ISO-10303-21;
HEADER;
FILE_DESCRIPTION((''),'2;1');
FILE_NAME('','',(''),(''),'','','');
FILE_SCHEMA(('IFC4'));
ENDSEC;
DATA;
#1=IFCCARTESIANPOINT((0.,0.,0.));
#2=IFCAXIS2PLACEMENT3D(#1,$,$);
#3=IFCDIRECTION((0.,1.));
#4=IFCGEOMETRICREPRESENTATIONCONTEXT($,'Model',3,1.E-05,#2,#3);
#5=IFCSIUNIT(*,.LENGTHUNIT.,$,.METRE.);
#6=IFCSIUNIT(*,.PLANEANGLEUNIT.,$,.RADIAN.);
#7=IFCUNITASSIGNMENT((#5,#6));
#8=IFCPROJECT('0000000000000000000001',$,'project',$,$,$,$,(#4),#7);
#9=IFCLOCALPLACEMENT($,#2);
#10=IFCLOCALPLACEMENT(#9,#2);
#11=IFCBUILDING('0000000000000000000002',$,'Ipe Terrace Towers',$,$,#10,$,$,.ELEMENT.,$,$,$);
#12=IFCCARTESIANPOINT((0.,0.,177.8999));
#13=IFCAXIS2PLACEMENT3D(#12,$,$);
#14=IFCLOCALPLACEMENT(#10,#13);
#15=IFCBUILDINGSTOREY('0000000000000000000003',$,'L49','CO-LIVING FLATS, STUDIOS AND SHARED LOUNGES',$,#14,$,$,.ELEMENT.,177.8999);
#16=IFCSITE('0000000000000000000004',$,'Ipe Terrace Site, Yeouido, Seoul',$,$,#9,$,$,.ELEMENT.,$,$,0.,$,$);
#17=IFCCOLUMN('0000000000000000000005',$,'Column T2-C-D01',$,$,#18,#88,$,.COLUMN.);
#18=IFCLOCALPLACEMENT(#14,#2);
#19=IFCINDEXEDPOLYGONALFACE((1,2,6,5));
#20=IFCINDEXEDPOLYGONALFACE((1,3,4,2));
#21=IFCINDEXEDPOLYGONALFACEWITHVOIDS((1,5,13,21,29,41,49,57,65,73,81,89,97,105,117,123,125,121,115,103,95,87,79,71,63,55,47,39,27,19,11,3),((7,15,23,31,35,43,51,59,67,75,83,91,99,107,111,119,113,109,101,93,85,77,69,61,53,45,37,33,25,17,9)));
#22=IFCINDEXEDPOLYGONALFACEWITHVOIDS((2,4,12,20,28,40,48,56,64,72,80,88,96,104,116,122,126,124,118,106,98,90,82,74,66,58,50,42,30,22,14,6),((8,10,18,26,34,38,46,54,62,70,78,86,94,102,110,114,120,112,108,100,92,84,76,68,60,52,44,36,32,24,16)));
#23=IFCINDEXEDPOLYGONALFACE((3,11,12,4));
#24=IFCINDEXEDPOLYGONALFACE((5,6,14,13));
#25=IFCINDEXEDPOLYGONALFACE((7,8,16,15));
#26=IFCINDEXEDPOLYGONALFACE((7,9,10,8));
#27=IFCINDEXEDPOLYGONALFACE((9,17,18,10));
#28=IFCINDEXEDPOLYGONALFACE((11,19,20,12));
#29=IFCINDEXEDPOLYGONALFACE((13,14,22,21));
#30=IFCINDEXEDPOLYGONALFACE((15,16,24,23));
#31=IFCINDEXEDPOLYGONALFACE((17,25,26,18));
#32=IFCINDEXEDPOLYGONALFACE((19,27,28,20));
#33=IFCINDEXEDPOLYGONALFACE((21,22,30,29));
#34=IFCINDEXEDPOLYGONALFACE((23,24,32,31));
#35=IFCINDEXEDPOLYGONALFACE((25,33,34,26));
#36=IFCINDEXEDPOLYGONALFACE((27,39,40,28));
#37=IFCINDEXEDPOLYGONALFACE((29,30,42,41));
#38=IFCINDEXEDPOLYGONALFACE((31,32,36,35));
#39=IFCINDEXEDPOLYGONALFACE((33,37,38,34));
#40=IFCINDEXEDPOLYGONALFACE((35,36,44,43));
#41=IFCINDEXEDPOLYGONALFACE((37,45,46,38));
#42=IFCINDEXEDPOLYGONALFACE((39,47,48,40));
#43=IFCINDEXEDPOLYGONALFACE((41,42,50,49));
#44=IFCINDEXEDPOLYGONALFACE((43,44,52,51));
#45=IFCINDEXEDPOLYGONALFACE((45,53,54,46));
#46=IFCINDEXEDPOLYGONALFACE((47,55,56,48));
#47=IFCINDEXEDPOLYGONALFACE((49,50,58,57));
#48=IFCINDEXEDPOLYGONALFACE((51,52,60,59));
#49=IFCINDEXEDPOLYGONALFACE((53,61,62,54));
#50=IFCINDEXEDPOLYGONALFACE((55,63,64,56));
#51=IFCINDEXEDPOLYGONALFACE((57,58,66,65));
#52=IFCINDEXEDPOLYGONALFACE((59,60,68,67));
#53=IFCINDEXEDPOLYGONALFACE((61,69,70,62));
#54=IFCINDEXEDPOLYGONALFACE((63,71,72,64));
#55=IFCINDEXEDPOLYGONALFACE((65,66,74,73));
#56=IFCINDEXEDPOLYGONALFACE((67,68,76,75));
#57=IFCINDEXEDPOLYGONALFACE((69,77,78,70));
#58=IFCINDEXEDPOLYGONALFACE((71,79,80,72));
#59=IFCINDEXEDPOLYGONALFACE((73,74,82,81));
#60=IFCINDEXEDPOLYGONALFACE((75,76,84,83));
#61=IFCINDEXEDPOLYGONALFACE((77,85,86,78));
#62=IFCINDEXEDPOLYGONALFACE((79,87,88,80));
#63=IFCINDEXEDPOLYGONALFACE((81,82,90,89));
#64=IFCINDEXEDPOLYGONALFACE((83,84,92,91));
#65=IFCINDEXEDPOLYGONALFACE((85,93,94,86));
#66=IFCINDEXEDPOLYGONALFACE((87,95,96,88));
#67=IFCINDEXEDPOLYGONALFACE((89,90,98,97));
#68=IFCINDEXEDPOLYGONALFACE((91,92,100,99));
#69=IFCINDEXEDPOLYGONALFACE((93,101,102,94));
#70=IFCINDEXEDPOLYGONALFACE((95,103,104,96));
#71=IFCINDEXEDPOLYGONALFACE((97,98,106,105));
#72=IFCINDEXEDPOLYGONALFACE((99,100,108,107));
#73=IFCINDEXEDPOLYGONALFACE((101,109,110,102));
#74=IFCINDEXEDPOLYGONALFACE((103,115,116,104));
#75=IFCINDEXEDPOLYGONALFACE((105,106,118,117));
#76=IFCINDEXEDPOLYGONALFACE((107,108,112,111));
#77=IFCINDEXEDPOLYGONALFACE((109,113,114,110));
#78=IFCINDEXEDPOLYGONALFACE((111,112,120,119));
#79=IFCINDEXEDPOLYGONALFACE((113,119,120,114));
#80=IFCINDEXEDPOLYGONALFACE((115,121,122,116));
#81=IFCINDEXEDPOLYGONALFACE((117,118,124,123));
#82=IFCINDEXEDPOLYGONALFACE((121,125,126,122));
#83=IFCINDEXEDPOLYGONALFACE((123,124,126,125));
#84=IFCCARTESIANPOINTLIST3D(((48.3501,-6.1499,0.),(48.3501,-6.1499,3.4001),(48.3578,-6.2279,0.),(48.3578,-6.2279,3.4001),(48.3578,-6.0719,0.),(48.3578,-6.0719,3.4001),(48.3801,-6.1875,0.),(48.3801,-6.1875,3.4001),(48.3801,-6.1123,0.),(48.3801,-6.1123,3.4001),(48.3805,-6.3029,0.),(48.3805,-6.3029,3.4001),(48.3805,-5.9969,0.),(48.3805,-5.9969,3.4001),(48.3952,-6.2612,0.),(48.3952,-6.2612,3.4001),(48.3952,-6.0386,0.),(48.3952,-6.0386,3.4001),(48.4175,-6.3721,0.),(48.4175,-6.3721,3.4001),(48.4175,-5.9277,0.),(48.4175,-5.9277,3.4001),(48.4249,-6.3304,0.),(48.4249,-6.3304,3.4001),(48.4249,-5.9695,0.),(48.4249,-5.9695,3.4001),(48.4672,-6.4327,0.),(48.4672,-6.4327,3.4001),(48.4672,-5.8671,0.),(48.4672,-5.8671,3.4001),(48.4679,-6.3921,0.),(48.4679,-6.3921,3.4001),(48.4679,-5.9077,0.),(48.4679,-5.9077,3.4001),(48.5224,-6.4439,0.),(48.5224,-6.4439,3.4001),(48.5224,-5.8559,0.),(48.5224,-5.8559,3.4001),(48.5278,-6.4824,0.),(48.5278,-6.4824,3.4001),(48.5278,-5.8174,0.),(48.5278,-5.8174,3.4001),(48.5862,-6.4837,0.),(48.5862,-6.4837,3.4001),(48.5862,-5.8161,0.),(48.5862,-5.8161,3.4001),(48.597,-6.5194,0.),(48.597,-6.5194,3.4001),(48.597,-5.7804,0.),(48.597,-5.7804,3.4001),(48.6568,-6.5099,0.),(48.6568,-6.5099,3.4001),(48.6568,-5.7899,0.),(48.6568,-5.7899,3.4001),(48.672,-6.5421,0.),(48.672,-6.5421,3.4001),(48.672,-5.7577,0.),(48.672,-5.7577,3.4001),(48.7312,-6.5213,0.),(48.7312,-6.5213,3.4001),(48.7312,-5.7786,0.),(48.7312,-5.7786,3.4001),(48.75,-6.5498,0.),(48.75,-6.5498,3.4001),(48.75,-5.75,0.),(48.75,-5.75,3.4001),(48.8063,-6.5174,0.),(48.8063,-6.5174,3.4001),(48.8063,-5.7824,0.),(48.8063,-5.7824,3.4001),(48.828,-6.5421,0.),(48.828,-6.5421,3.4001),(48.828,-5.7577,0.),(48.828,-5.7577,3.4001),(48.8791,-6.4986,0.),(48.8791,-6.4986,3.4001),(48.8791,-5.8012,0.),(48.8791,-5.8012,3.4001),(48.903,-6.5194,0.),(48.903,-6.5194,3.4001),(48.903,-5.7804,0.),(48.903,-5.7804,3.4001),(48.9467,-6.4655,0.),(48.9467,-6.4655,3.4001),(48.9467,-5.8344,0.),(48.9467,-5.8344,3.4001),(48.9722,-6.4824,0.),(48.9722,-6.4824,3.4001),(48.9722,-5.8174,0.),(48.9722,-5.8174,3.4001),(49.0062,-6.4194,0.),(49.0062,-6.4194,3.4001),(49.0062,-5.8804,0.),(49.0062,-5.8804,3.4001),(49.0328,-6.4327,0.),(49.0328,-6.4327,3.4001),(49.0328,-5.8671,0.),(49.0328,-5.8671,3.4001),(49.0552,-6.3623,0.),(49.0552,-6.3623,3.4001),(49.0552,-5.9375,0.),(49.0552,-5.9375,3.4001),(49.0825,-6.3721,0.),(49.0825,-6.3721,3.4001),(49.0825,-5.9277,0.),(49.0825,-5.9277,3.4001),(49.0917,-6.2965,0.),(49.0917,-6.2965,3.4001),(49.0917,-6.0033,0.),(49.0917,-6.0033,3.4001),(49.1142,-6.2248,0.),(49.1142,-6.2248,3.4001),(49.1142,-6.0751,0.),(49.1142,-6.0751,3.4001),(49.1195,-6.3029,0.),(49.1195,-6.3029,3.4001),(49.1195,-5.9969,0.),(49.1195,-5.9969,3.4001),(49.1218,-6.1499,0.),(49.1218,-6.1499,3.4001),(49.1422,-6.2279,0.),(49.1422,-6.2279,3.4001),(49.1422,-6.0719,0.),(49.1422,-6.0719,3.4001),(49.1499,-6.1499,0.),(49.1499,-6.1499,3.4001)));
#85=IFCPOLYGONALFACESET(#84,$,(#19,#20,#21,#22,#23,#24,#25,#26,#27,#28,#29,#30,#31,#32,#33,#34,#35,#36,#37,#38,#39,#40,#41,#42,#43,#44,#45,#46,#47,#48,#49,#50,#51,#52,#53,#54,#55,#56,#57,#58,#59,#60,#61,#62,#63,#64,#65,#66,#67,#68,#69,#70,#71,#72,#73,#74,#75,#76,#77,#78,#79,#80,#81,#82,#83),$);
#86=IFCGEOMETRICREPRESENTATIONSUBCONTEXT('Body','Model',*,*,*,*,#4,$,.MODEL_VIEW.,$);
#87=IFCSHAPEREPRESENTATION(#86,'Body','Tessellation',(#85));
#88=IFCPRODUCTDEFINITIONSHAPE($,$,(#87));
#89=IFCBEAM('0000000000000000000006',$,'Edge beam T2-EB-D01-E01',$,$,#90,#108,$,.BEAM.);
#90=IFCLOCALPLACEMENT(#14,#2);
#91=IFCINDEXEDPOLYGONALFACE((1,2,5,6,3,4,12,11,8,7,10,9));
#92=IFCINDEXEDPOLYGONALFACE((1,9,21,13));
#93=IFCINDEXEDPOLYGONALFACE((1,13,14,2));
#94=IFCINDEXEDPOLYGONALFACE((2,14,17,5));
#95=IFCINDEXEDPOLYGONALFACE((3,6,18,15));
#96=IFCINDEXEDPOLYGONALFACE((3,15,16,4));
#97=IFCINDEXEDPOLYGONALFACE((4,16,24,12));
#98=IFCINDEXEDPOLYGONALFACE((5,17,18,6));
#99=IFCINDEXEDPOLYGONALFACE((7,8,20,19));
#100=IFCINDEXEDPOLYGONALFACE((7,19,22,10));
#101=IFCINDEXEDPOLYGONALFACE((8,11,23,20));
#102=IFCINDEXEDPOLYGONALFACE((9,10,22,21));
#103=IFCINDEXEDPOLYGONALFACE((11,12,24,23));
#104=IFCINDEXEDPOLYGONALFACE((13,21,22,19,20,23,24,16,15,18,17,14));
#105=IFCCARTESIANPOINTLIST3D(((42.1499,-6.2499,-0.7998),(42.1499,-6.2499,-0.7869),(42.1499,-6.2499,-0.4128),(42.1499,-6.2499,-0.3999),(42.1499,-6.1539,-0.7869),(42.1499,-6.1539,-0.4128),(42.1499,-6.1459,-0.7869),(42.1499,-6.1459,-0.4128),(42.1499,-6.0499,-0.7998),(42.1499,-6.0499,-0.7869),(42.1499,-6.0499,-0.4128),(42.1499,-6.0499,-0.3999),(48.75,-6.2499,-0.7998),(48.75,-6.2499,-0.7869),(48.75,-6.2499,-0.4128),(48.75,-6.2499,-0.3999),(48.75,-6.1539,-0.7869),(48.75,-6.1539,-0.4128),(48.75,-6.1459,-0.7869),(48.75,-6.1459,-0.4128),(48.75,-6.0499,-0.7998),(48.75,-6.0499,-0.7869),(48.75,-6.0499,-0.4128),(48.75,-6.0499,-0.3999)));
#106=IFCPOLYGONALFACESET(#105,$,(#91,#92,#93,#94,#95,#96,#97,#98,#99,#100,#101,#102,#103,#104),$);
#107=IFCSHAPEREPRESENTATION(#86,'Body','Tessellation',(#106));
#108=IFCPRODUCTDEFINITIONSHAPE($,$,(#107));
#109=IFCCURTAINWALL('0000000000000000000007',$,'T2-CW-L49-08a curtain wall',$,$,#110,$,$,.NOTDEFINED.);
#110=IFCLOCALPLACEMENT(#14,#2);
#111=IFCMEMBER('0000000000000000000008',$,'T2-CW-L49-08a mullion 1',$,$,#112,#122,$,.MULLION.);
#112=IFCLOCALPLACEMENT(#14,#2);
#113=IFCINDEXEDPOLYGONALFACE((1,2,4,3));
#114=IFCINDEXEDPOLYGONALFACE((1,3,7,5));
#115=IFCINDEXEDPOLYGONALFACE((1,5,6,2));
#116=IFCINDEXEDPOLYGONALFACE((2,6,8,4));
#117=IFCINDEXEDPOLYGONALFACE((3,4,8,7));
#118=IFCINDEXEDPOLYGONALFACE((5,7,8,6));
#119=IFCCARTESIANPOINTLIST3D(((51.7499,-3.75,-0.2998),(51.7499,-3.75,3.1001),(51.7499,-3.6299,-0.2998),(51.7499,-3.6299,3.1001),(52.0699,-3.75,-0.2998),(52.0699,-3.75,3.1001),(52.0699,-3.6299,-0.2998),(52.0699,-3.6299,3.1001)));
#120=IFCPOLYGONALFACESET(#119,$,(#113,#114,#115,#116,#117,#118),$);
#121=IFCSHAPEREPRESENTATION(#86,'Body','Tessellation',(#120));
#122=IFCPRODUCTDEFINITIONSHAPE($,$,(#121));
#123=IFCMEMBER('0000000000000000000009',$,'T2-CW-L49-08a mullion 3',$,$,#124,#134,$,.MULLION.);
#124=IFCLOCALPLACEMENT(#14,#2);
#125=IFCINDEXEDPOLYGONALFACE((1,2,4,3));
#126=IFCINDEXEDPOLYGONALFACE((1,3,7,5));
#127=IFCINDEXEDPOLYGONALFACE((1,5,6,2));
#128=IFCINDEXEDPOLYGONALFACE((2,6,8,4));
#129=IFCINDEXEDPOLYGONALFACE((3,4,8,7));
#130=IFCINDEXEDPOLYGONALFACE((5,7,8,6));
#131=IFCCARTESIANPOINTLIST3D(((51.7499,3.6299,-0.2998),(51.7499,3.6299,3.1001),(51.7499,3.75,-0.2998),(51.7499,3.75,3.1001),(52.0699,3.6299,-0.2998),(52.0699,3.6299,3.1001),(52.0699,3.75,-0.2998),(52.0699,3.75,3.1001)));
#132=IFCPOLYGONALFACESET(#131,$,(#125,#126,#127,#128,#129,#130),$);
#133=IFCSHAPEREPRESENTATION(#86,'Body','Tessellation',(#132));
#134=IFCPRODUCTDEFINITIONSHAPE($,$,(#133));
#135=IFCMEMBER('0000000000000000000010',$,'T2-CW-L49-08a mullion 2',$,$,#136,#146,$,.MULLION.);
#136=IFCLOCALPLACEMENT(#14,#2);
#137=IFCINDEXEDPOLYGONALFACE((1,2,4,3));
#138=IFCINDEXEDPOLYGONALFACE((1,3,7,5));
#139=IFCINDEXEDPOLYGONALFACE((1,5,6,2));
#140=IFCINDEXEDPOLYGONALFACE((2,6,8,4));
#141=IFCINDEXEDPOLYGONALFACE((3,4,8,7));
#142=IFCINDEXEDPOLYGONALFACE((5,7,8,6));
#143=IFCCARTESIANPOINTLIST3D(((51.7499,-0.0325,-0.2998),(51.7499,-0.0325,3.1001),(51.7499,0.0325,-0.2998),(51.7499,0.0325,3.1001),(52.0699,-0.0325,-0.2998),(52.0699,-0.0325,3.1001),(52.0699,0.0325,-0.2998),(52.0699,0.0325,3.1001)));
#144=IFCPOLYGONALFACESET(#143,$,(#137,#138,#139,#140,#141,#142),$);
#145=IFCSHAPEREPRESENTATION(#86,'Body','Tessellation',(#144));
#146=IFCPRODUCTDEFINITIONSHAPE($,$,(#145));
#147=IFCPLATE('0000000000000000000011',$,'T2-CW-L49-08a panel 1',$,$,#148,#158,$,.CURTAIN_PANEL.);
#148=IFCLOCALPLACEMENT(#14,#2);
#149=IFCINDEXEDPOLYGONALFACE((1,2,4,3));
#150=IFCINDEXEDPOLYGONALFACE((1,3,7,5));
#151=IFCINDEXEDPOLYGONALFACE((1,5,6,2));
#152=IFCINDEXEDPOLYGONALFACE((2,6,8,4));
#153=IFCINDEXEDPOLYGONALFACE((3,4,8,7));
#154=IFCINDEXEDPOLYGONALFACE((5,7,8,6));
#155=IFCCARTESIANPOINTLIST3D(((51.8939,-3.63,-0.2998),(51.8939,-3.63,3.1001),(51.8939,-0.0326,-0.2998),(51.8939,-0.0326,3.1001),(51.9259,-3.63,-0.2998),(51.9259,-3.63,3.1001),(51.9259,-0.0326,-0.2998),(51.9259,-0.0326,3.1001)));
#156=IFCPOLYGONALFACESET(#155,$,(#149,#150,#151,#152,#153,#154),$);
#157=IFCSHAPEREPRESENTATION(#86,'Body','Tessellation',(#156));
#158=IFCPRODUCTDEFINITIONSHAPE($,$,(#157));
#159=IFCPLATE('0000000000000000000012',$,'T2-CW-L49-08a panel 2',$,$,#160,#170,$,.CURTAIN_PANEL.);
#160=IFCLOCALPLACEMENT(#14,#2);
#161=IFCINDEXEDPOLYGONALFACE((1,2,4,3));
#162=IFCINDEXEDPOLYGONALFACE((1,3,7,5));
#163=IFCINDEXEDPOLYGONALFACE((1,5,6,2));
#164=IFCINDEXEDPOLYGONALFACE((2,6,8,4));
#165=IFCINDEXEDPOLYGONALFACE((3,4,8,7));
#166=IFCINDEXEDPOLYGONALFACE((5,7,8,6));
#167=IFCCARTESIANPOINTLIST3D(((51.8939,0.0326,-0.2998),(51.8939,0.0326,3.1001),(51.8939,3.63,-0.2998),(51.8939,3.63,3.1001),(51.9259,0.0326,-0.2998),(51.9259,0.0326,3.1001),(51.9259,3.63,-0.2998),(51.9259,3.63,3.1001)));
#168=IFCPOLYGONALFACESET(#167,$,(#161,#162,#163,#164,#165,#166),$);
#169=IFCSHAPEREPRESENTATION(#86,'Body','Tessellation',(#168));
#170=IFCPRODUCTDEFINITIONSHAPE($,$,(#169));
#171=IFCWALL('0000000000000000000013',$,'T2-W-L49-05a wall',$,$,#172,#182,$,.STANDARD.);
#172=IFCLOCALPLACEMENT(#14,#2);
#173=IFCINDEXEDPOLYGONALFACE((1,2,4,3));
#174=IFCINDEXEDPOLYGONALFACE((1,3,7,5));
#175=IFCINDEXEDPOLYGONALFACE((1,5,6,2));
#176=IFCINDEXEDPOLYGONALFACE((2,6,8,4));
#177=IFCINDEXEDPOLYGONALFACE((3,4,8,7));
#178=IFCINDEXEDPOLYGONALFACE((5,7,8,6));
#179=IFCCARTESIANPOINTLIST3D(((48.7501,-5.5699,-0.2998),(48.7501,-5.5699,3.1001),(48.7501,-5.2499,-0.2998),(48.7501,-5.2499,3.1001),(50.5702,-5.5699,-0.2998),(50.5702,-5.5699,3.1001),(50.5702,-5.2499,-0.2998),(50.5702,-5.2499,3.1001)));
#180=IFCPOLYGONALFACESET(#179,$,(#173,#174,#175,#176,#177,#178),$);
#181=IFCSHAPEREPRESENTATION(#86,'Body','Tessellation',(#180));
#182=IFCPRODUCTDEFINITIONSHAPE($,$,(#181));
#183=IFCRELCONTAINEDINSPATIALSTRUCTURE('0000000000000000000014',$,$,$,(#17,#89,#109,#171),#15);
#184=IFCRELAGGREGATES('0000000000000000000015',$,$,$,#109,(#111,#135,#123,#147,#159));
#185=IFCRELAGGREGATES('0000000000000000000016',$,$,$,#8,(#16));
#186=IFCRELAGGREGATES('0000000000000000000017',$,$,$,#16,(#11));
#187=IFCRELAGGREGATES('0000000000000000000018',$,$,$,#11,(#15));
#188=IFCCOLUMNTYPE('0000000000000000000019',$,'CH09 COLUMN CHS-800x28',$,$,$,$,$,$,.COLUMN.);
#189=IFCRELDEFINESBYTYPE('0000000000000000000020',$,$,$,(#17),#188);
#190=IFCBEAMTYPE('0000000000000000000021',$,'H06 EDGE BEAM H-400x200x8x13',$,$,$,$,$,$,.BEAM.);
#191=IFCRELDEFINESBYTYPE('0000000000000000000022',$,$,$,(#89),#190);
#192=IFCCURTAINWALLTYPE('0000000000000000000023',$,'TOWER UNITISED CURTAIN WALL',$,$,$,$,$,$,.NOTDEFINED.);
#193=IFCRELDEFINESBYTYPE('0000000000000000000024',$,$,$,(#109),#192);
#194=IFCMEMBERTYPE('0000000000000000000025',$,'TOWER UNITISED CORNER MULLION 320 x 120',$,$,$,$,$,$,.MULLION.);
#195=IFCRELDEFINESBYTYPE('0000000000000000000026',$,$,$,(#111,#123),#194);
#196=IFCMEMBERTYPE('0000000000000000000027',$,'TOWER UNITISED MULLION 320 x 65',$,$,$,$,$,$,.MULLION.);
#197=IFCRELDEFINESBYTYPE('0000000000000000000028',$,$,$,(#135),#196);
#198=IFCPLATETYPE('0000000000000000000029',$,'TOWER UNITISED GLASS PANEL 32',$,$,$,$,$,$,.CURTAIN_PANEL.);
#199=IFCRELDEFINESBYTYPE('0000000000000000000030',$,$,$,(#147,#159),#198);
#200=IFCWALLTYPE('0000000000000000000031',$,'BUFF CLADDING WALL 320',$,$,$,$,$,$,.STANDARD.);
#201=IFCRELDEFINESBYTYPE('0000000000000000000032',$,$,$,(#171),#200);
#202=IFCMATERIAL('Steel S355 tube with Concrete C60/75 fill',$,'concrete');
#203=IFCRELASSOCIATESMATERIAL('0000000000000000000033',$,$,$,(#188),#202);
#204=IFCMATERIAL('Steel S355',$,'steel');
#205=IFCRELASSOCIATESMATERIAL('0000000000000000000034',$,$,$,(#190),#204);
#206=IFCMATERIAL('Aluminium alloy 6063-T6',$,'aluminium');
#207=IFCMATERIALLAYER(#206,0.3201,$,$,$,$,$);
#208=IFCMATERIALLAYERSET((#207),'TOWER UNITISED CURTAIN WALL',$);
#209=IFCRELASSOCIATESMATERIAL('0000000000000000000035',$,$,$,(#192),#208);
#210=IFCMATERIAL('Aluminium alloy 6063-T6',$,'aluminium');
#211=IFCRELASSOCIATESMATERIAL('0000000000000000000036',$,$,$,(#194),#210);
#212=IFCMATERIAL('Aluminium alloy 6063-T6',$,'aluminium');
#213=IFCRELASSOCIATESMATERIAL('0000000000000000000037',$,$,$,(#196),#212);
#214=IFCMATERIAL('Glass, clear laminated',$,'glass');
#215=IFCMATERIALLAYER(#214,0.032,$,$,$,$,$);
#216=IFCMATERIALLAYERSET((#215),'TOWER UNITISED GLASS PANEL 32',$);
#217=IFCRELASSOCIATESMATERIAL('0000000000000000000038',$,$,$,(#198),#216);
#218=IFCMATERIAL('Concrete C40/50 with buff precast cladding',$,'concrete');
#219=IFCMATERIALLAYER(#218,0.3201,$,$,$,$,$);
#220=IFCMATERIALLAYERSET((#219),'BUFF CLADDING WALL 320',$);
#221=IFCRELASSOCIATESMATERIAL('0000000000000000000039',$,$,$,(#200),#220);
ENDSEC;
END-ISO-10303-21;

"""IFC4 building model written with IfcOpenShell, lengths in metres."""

from ifc_helpers import new_model, si_unit, direction, frame, frame_2d, origin, origin_2d, place, context, subcontext, project, spatial, rectangle, hollow_circle, i_section, extrude, material, layer, layer_set, material_profile, profile_set, type_object, element, aggregate, save


model = new_model("IFC4")

# Units and contexts
model_context = context("Model", 3, precision=1e-05, world=origin(), true_north=direction((0.0, 1.0)))
body_context = subcontext(model_context, "Body", "Model", "MODEL_VIEW")
ifc_project = project(units=[si_unit("LENGTHUNIT", "METRE"), si_unit("PLANEANGLEUNIT", "RADIAN")], contexts=[model_context])

# Site, building, storey
site_placement = place(None, origin())
site = spatial("IfcSite", under=ifc_project, at=site_placement, Name="Ipe Terrace Site, Yeouido, Seoul", CompositionType="ELEMENT", RefElevation=0.0)
building_placement = place(site_placement, origin())
building = spatial("IfcBuilding", under=site, at=building_placement, Name="Ipe Terrace Towers", CompositionType="ELEMENT")
storey_placement = place(building_placement, frame((0.0, 0.0, 177.8999)))
storey = spatial("IfcBuildingStorey", under=building, at=storey_placement, Name="L49", Description="CO-LIVING FLATS, STUDIOS AND SHARED LOUNGES", CompositionType="ELEMENT", Elevation=177.8999)

# Column
ifc_material_1 = material(Name="Steel S355 tube with Concrete C60/75 fill", Category="concrete")
ifc_material_profile_1 = material_profile(ifc_material_1, hollow_circle(Radius=0.3999, WallThickness=0.0281, at=origin_2d()), Name="CHS-800x28")
ifc_profile_set_1 = profile_set([ifc_material_profile_1], Name="Steel S355 tube with Concrete C60/75 fill")
column_type = type_object("IfcColumnType", Name="CH09 COLUMN CHS-800x28", PredefinedType="COLUMN", material=ifc_profile_set_1)
column_placement = place(storey_placement, frame((48.75, -6.1499, 0.0), z_axis=(0.0, 0.0, 1.0), x_axis=(1.0, 0.0, 0.0)))
element("IfcColumn", 1, at=column_placement, inside=storey, type_object=column_type, Name="Column T2-C-D01", PredefinedType="COLUMN", context=body_context, shape_type="SweptSolid", body=[
    extrude(hollow_circle(Radius=0.3999, WallThickness=0.0281, at=origin_2d()), origin(), (0.0, 0.0, 1.0), 3.4001),
])

# Beam
ifc_material_2 = material(Name="Steel S355", Category="steel")
ifc_material_profile_2 = material_profile(ifc_material_2, i_section(OverallWidth=0.2, OverallDepth=0.3999, WebThickness=0.0081, FlangeThickness=0.0129, at=origin_2d()), Name="H-400x200x8x13")
ifc_profile_set_2 = profile_set([ifc_material_profile_2], Name="Steel S355")
beam_type = type_object("IfcBeamType", Name="H06 EDGE BEAM H-400x200x8x13", PredefinedType="BEAM", material=ifc_profile_set_2)
beam_placement = place(storey_placement, frame((48.75, -6.1499, -0.5999), z_axis=(-1.0, 0.0, 0.0), x_axis=(0.0, -1.0, 0.0)))
element("IfcBeam", 2, at=beam_placement, inside=storey, type_object=beam_type, Name="Edge beam T2-EB-D01-E01", PredefinedType="BEAM", context=body_context, shape_type="SweptSolid", body=[
    extrude(i_section(OverallWidth=0.2, OverallDepth=0.3999, WebThickness=0.0081, FlangeThickness=0.0129, at=origin_2d()), origin(), (0.0, 0.0, 1.0), 6.6001),
])

# Curtain wall, members, plates
ifc_material_3 = material(Name="Aluminium alloy 6063-T6", Category="aluminium")
ifc_layer_1 = layer(ifc_material_3, 0.3201)
ifc_layer_set_1 = layer_set([ifc_layer_1], Name="TOWER UNITISED CURTAIN WALL")
curtain_wall_type = type_object("IfcCurtainWallType", Name="TOWER UNITISED CURTAIN WALL", PredefinedType="NOTDEFINED", material=ifc_layer_set_1)
curtain_wall_placement = place(storey_placement, origin())
curtain_wall = element("IfcCurtainWall", 3, at=curtain_wall_placement, inside=storey, type_object=curtain_wall_type, Name="T2-CW-L49-08a curtain wall", PredefinedType="NOTDEFINED")
ifc_material_4 = material(Name="Aluminium alloy 6063-T6", Category="aluminium")
ifc_material_profile_3 = material_profile(ifc_material_4, rectangle(XDim=0.3201, YDim=0.1201, at=origin_2d()), Name="TOWER UNITISED CORNER MULLION 320 x 120")
ifc_profile_set_3 = profile_set([ifc_material_profile_3], Name="Aluminium alloy 6063-T6")
member_type_1 = type_object("IfcMemberType", Name="TOWER UNITISED CORNER MULLION 320 x 120", PredefinedType="MULLION", material=ifc_profile_set_3)
member_1_placement = place(storey_placement, frame((51.9099, -3.6899, -0.2998), z_axis=(0.0, 0.0, 1.0), x_axis=(1.0, 0.0, 0.0)))
member_1 = element("IfcMember", 4, at=member_1_placement, type_object=member_type_1, Name="T2-CW-L49-08a mullion 1", PredefinedType="MULLION", context=body_context, shape_type="SweptSolid", body=[
    extrude(rectangle(XDim=0.3201, YDim=0.1201, at=origin_2d()), origin(), (0.0, 0.0, 1.0), 3.3999),
])
member_2_placement = place(storey_placement, frame((51.9099, 3.6899, -0.2998), z_axis=(0.0, 0.0, 1.0), x_axis=(1.0, 0.0, 0.0)))
member_2 = element("IfcMember", 5, at=member_2_placement, type_object=member_type_1, Name="T2-CW-L49-08a mullion 3", PredefinedType="MULLION", context=body_context, shape_type="SweptSolid", body=[
    extrude(rectangle(XDim=0.3201, YDim=0.1201, at=origin_2d()), origin(), (0.0, 0.0, 1.0), 3.3999),
])
ifc_material_5 = material(Name="Aluminium alloy 6063-T6", Category="aluminium")
ifc_material_profile_4 = material_profile(ifc_material_5, rectangle(XDim=0.3201, YDim=0.0649, at=origin_2d()), Name="TOWER UNITISED MULLION 320 x 65")
ifc_profile_set_4 = profile_set([ifc_material_profile_4], Name="Aluminium alloy 6063-T6")
member_type_2 = type_object("IfcMemberType", Name="TOWER UNITISED MULLION 320 x 65", PredefinedType="MULLION", material=ifc_profile_set_4)
member_3_placement = place(storey_placement, frame((51.9099, 0.0, -0.2998), z_axis=(0.0, 0.0, 1.0), x_axis=(1.0, 0.0, 0.0)))
member_3 = element("IfcMember", 6, at=member_3_placement, type_object=member_type_2, Name="T2-CW-L49-08a mullion 2", PredefinedType="MULLION", context=body_context, shape_type="SweptSolid", body=[
    extrude(rectangle(XDim=0.3201, YDim=0.0649, at=origin_2d()), origin(), (0.0, 0.0, 1.0), 3.3999),
])
ifc_material_6 = material(Name="Glass, clear laminated", Category="glass")
ifc_layer_2 = layer(ifc_material_6, 0.032)
ifc_layer_set_2 = layer_set([ifc_layer_2], Name="TOWER UNITISED GLASS PANEL 32")
plate_type = type_object("IfcPlateType", Name="TOWER UNITISED GLASS PANEL 32", PredefinedType="CURTAIN_PANEL", material=ifc_layer_set_2)
plate_1_placement = place(storey_placement, frame((51.9099, -1.8313, -0.2998), z_axis=(0.0, 0.0, 1.0), x_axis=(0.0, 1.0, 0.0)))
plate_1 = element("IfcPlate", 7, at=plate_1_placement, type_object=plate_type, Name="T2-CW-L49-08a panel 1", PredefinedType="CURTAIN_PANEL", context=body_context, shape_type="SweptSolid", body=[
    extrude(rectangle(XDim=3.5974, YDim=0.032, at=origin_2d()), origin(), (0.0, 0.0, 1.0), 3.3999),
])
plate_2_placement = place(storey_placement, frame((51.9099, 1.8313, -0.2998), z_axis=(0.0, 0.0, 1.0), x_axis=(0.0, 1.0, 0.0)))
plate_2 = element("IfcPlate", 8, at=plate_2_placement, type_object=plate_type, Name="T2-CW-L49-08a panel 2", PredefinedType="CURTAIN_PANEL", context=body_context, shape_type="SweptSolid", body=[
    extrude(rectangle(XDim=3.5974, YDim=0.032, at=origin_2d()), origin(), (0.0, 0.0, 1.0), 3.3999),
])
aggregate(curtain_wall, [member_1, member_3, member_2, plate_1, plate_2])

# Wall
ifc_material_7 = material(Name="Concrete C40/50 with buff precast cladding", Category="concrete")
ifc_layer_3 = layer(ifc_material_7, 0.3201)
ifc_layer_set_3 = layer_set([ifc_layer_3], Name="BUFF CLADDING WALL 320")
wall_type = type_object("IfcWallType", Name="BUFF CLADDING WALL 320", PredefinedType="STANDARD", material=ifc_layer_set_3)
wall_1_placement = place(storey_placement, frame((48.75, -5.4099, -0.2998), z_axis=(0.0, 0.0, 1.0), x_axis=(1.0, 0.0, 0.0)))
element("IfcWall", 9, at=wall_1_placement, inside=storey, type_object=wall_type, Name="T2-W-L49-05a wall", PredefinedType="STANDARD", context=body_context, shape_type="SweptSolid", body=[
    extrude(rectangle(XDim=1.8201, YDim=0.3201, at=frame_2d((0.9102, 0.0))), origin(), (0.0, 0.0, 1.0), 3.3999),
])

save(model, "model.ifc")
